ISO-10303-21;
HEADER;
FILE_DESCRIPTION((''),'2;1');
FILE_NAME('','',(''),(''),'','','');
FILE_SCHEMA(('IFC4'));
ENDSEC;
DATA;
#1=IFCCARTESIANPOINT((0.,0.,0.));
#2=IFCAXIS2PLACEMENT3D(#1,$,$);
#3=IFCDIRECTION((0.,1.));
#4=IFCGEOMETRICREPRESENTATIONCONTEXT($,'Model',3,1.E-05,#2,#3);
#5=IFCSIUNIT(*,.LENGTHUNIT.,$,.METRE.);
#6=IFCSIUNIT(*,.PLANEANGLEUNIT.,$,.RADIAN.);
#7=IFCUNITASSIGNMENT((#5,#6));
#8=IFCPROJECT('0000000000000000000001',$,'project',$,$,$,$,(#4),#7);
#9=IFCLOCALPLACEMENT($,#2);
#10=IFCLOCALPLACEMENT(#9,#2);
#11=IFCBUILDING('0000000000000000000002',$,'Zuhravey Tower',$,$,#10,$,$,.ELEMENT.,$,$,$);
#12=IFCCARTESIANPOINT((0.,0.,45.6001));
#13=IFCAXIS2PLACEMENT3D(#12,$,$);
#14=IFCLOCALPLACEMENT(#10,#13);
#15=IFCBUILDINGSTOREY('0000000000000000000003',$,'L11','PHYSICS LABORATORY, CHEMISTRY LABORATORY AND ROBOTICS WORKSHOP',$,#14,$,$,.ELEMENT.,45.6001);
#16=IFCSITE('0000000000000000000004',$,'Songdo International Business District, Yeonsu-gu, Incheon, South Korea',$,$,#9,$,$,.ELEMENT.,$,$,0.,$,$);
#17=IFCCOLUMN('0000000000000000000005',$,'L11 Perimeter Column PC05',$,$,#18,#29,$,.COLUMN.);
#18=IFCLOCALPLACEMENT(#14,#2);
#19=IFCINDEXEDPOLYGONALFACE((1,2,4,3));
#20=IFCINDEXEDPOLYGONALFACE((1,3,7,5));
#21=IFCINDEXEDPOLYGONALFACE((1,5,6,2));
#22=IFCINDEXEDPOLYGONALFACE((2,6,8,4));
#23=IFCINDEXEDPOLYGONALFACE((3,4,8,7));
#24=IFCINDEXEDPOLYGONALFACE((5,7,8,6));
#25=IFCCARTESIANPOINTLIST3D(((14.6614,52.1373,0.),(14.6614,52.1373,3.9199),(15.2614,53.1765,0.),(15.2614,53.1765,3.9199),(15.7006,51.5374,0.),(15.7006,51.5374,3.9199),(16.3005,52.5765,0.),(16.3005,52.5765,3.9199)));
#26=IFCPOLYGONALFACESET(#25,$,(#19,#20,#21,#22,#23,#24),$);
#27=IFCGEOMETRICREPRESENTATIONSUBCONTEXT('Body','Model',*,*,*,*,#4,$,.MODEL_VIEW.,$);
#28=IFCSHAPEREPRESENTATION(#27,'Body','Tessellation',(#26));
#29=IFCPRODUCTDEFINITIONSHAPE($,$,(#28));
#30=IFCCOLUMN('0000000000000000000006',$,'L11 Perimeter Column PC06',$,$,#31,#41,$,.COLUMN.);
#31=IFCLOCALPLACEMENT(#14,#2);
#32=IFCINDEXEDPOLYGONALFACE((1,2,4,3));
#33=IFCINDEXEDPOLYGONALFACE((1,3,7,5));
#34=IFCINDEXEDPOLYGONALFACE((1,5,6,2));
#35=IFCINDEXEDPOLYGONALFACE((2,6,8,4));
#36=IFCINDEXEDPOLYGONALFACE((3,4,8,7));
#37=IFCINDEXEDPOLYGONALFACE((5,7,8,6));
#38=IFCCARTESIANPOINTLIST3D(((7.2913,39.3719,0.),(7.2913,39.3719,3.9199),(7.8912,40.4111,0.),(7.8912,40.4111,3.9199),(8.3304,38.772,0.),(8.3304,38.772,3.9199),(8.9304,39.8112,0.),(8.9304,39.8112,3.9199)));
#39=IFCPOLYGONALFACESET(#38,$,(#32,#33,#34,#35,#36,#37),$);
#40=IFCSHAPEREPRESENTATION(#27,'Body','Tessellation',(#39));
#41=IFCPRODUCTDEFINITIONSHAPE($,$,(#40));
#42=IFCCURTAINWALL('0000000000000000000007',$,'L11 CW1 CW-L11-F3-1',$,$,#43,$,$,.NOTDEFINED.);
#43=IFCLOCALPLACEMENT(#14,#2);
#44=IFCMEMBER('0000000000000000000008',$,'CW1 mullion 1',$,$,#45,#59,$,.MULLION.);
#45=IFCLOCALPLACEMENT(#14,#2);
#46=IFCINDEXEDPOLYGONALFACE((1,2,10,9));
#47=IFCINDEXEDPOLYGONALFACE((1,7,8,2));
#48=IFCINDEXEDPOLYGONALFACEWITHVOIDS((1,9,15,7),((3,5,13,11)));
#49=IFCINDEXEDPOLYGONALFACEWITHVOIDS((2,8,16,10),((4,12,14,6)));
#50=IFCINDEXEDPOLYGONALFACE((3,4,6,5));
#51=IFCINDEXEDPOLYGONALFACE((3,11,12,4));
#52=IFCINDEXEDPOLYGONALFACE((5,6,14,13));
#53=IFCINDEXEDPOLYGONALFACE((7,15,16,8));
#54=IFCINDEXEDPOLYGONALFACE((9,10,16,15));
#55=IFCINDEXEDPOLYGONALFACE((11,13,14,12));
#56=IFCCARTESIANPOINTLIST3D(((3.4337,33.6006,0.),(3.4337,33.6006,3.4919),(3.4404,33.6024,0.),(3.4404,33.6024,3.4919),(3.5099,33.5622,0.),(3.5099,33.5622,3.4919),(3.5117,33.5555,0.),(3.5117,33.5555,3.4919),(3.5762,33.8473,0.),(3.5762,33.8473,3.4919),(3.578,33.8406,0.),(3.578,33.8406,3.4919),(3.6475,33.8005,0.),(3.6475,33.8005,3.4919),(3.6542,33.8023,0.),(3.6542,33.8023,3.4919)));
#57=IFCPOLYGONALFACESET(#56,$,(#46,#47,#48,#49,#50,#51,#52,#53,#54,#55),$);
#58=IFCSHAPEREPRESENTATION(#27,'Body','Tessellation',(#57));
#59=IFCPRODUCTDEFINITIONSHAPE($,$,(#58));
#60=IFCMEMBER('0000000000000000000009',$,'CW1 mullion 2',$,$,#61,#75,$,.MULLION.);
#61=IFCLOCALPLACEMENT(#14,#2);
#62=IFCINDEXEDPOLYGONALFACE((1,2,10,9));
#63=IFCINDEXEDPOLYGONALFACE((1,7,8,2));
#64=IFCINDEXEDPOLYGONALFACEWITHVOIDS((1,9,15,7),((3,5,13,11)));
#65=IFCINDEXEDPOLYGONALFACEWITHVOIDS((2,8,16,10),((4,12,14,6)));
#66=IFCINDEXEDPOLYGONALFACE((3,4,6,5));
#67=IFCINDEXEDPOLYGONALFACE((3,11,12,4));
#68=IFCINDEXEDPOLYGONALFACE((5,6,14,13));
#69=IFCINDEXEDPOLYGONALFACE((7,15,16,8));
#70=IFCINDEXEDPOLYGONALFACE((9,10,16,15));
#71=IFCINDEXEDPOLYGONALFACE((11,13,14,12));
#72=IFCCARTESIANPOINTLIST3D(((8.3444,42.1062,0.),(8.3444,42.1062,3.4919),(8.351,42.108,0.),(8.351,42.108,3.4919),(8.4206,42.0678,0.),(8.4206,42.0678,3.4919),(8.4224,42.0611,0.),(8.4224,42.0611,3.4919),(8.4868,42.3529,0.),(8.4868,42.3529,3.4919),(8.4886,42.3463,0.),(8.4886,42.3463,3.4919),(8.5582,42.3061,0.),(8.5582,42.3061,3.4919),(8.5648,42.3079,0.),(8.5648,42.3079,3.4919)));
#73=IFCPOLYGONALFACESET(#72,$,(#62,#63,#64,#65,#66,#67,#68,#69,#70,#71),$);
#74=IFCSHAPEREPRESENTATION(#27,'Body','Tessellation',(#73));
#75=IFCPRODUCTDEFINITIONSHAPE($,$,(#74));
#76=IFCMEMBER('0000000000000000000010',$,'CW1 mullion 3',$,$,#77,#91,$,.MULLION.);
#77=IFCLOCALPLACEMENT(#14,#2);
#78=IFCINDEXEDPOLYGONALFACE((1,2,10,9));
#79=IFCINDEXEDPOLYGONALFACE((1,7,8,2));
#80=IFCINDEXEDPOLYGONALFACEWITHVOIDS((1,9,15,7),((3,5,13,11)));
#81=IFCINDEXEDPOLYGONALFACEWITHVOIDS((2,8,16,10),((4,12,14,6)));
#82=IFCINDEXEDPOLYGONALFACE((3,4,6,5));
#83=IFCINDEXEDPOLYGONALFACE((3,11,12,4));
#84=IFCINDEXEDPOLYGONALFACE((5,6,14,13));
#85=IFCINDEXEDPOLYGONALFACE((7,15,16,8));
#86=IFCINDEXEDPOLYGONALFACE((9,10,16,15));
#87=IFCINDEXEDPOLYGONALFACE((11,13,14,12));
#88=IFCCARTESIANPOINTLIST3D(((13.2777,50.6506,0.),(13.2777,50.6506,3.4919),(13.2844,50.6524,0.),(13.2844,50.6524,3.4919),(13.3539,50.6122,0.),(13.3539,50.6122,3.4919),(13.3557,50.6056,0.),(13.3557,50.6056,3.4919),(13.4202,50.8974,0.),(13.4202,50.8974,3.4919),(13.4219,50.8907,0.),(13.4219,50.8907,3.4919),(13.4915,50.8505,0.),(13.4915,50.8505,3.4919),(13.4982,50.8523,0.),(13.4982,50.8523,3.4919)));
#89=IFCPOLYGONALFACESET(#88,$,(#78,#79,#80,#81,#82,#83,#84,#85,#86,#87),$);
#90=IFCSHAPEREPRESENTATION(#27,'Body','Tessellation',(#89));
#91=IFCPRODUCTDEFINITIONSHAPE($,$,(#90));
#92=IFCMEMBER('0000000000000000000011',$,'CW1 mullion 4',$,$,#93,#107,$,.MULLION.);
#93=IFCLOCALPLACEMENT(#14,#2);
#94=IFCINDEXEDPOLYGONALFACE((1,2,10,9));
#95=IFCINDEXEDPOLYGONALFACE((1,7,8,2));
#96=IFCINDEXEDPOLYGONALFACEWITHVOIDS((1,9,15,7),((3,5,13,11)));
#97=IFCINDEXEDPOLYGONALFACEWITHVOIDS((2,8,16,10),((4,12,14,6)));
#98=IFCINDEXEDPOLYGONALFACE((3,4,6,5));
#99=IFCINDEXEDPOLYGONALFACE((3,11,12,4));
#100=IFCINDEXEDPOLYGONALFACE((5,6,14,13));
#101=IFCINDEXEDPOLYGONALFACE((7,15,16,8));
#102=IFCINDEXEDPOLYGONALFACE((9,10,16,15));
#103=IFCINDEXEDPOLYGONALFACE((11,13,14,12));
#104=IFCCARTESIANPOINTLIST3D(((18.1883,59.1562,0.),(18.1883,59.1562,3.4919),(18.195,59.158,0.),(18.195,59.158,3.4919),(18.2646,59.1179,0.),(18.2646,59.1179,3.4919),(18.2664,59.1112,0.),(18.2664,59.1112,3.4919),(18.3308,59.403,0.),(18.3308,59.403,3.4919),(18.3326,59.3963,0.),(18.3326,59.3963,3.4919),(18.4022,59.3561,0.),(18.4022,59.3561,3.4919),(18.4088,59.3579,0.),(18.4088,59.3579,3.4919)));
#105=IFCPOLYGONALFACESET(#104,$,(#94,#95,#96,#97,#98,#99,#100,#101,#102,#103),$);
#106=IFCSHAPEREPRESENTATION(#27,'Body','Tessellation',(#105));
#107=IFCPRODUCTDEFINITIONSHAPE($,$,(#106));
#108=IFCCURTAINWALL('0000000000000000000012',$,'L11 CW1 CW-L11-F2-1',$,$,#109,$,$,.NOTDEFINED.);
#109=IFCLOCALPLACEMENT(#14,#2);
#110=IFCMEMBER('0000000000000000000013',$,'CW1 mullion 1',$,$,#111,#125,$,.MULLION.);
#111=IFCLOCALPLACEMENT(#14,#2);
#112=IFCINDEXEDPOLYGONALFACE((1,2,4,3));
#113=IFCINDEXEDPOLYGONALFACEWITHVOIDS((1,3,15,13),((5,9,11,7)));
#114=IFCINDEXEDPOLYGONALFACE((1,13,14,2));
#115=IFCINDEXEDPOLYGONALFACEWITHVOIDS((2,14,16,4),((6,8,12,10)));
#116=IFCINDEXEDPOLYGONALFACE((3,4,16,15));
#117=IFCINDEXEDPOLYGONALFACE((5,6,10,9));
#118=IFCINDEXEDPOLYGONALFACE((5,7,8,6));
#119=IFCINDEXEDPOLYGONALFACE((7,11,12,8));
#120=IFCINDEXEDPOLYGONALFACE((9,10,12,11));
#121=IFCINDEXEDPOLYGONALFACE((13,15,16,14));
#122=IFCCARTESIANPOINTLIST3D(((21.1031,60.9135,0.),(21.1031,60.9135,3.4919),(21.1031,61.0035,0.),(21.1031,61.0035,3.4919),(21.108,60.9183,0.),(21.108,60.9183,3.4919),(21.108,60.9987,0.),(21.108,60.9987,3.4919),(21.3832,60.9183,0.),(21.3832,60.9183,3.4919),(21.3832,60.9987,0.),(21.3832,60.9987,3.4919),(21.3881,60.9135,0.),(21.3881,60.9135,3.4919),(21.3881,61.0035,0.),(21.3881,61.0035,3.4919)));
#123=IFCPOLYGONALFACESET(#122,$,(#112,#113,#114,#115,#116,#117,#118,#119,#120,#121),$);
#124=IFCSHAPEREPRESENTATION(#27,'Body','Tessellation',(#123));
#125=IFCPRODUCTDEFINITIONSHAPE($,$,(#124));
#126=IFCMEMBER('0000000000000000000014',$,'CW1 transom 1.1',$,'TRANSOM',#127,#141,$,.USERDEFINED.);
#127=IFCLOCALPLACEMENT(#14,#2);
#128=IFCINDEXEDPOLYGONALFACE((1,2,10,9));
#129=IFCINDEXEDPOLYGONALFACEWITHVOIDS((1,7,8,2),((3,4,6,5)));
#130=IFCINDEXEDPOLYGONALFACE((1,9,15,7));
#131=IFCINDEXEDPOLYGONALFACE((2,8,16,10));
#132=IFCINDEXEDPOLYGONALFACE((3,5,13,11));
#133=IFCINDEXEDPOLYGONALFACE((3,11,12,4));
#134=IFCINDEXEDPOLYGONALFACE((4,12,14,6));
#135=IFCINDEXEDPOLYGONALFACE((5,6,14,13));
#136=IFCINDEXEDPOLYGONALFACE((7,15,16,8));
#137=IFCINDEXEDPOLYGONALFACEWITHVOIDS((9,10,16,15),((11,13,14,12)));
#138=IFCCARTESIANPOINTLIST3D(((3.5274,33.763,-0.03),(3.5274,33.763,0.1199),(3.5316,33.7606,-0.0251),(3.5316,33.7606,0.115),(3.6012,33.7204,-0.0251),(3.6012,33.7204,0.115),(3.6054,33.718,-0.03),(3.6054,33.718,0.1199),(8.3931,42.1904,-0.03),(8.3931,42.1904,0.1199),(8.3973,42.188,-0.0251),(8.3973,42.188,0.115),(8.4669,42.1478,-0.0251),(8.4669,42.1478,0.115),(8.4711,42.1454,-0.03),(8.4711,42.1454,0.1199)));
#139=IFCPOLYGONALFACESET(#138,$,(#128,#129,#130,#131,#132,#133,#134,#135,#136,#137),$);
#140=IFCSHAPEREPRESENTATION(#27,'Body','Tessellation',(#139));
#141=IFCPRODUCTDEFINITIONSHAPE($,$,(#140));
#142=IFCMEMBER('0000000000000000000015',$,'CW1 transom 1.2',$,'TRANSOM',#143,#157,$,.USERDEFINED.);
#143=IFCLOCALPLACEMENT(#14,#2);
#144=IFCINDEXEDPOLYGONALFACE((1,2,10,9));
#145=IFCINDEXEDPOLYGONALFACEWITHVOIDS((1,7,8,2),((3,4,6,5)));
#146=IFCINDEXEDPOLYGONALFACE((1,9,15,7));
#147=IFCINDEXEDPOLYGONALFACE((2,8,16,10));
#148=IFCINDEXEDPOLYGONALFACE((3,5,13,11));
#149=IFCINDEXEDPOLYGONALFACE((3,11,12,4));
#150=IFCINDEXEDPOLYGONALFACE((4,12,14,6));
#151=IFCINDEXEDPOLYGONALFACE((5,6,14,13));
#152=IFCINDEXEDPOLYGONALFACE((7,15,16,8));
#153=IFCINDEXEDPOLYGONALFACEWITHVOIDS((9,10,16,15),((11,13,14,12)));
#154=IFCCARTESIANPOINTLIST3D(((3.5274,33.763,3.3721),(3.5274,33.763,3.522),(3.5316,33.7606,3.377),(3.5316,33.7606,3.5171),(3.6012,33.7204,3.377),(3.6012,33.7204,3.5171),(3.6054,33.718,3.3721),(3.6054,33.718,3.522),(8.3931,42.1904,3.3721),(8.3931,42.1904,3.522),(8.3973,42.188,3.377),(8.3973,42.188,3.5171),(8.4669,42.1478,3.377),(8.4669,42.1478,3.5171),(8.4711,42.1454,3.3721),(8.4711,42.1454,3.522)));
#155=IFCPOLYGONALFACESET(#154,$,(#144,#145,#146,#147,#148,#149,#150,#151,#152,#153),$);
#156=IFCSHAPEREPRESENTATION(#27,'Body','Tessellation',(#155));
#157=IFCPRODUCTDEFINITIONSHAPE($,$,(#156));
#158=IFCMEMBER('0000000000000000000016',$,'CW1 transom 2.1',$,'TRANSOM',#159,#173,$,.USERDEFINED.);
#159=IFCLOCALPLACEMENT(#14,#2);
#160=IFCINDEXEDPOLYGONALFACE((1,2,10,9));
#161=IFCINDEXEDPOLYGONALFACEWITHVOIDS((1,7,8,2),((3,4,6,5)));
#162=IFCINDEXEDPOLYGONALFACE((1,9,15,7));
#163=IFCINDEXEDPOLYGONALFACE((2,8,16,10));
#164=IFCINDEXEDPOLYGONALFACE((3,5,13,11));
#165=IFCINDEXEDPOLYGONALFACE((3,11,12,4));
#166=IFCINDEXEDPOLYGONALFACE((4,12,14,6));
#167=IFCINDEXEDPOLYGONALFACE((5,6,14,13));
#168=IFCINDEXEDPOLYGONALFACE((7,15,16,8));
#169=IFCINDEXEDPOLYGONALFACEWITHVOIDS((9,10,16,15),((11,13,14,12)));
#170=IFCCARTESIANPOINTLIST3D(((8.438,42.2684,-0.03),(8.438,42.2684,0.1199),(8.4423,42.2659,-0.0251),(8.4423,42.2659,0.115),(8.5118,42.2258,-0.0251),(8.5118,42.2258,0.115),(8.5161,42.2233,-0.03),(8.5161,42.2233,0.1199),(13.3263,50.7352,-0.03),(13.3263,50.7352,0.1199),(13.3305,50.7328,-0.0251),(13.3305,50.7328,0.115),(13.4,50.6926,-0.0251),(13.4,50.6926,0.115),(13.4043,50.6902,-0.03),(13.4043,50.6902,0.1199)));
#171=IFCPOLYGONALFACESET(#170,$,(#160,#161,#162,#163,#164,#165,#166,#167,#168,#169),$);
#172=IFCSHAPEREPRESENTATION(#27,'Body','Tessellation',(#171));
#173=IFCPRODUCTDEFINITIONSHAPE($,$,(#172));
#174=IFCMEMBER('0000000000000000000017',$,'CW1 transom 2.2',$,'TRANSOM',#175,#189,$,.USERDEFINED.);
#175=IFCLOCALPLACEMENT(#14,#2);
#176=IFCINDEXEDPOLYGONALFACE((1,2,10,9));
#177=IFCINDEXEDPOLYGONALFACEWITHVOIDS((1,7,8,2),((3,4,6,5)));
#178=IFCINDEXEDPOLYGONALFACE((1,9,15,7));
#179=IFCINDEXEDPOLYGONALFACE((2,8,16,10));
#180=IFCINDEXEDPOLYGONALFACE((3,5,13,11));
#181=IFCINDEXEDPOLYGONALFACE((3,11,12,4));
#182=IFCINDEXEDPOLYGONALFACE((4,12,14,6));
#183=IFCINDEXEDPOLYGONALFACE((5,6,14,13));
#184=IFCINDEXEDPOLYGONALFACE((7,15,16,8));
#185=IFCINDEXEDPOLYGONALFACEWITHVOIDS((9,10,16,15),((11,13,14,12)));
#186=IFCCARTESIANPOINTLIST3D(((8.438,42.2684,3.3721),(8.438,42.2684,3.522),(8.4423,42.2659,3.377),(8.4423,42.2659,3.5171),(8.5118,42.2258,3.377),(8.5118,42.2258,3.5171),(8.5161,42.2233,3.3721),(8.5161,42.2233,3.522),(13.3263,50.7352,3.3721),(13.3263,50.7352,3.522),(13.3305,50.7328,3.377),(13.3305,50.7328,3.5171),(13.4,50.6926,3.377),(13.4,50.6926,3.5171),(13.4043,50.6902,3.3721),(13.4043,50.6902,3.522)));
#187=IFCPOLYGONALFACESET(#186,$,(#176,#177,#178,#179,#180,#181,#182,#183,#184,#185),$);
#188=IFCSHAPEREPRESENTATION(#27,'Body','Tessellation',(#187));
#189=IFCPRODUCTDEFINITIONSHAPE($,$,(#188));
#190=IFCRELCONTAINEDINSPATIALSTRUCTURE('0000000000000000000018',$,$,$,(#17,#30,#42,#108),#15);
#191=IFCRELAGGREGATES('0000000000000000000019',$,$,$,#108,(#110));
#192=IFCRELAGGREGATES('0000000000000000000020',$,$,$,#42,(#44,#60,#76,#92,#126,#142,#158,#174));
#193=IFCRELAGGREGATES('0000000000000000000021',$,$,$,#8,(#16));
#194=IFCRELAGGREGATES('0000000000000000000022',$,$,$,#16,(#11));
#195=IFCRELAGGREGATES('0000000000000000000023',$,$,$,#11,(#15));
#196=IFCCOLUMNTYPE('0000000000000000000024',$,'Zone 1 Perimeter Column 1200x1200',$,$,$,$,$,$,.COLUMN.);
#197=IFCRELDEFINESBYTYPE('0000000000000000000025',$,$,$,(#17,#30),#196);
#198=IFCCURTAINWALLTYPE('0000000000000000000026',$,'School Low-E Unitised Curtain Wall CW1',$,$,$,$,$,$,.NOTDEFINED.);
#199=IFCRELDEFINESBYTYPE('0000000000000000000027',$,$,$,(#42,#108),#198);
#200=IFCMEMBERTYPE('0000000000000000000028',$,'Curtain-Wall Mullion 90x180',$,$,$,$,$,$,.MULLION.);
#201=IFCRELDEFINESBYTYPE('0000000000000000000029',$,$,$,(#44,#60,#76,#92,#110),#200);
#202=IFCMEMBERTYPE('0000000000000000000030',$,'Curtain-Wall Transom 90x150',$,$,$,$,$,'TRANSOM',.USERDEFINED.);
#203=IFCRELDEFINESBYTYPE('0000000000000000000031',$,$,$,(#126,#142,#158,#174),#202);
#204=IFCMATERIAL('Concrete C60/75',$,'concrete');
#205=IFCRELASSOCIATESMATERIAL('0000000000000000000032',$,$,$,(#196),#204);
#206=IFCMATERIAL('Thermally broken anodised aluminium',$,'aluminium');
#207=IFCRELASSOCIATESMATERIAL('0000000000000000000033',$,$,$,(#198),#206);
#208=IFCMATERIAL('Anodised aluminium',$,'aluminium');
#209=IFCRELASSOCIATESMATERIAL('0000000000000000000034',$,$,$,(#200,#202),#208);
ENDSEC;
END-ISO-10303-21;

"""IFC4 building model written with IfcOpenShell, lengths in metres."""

from ifc_helpers import new_model, si_unit, direction, frame, origin, origin_2d, place, context, subcontext, project, spatial, rectangle, hollow_rectangle, extrude, material, material_profile, profile_set, type_object, element, aggregate, save


model = new_model("IFC4")

# Units and contexts
model_context = context("Model", 3, precision=1e-05, world=origin(), true_north=direction((0.0, 1.0)))
body_context = subcontext(model_context, "Body", "Model", "MODEL_VIEW")
ifc_project = project(units=[si_unit("LENGTHUNIT", "METRE"), si_unit("PLANEANGLEUNIT", "RADIAN")], contexts=[model_context])

# Site, building, storey
site_placement = place(None, origin())
site = spatial("IfcSite", under=ifc_project, at=site_placement, Name="Songdo International Business District, Yeonsu-gu, Incheon, South Korea", CompositionType="ELEMENT", RefElevation=0.0)
building_placement = place(site_placement, origin())
building = spatial("IfcBuilding", under=site, at=building_placement, Name="Zuhravey Tower", CompositionType="ELEMENT")
storey_placement = place(building_placement, frame((0.0, 0.0, 45.6001)))
storey = spatial("IfcBuildingStorey", under=building, at=storey_placement, Name="L11", Description="PHYSICS LABORATORY, CHEMISTRY LABORATORY AND ROBOTICS WORKSHOP", CompositionType="ELEMENT", Elevation=45.6001)

# Columns
ifc_material_1 = material(Name="Concrete C60/75", Category="concrete")
ifc_material_profile_1 = material_profile(ifc_material_1, rectangle(XDim=1.2, YDim=1.2, at=origin_2d()), Name="RC-1200x1200")
ifc_profile_set_1 = profile_set([ifc_material_profile_1], Name="Concrete C60/75")
column_type = type_object("IfcColumnType", Name="Zone 1 Perimeter Column 1200x1200", PredefinedType="COLUMN", material=ifc_profile_set_1)
for number, where, z_axis, x_axis, name in (
    (1, (15.481, 52.3569, 0.0), (0.0, 0.0, 1.0), (-0.5, -0.866025, 0.0), "L11 Perimeter Column PC05"),
    (2, (8.1108, 39.5916, 0.0), (0.0, 0.0, 1.0), (-0.5, -0.866025, 0.0), "L11 Perimeter Column PC06"),
):
    element("IfcColumn", number, at=place(storey_placement, frame(where, z_axis=z_axis, x_axis=x_axis)), inside=storey, type_object=column_type, Name=name, PredefinedType="COLUMN", context=body_context, shape_type="SweptSolid", body=[
        extrude(rectangle(XDim=1.2, YDim=1.2, at=origin_2d()), origin(), (0.0, 0.0, 1.0), 3.9199),
    ])

# Curtain wall, members
ifc_material_2 = material(Name="Thermally broken anodised aluminium", Category="aluminium")
curtain_wall_type = type_object("IfcCurtainWallType", Name="School Low-E Unitised Curtain Wall CW1", PredefinedType="NOTDEFINED", material=ifc_material_2)
curtain_wall_1_placement = place(storey_placement, origin())
curtain_wall_1 = element("IfcCurtainWall", 3, at=curtain_wall_1_placement, inside=storey, type_object=curtain_wall_type, Name="L11 CW1 CW-L11-F3-1", PredefinedType="NOTDEFINED")
ifc_material_3 = material(Name="Anodised aluminium", Category="aluminium")
ifc_material_profile_2 = material_profile(ifc_material_3, hollow_rectangle(XDim=0.0901, YDim=0.2849, WallThickness=0.0049, at=origin_2d()), Name="ALU-RHS-90x285x5")
ifc_profile_set_2 = profile_set([ifc_material_profile_2], Name="Anodised aluminium")
member_type_1 = type_object("IfcMemberType", Name="Curtain-Wall Mullion 90x180", PredefinedType="MULLION", material=ifc_profile_set_2)
member_1_placement = place(storey_placement, frame((3.5439, 33.7014, 0.0), z_axis=(0.0, 0.0, 1.0), x_axis=(-0.866026, 0.5, 0.0)))
member_1 = element("IfcMember", 4, at=member_1_placement, type_object=member_type_1, Name="CW1 mullion 1", PredefinedType="MULLION", context=body_context, shape_type="SweptSolid", body=[
    extrude(hollow_rectangle(XDim=0.0901, YDim=0.2849, WallThickness=0.0049, at=origin_2d()), origin(), (0.0, 0.0, 1.0), 3.4919),
])
member_2_placement = place(storey_placement, frame((8.4546, 42.207, 0.0), z_axis=(0.0, 0.0, 1.0), x_axis=(-0.866026, 0.5, 0.0)))
member_2 = element("IfcMember", 5, at=member_2_placement, type_object=member_type_1, Name="CW1 mullion 2", PredefinedType="MULLION", context=body_context, shape_type="SweptSolid", body=[
    extrude(hollow_rectangle(XDim=0.0901, YDim=0.2849, WallThickness=0.0049, at=origin_2d()), origin(), (0.0, 0.0, 1.0), 3.4919),
])
member_3_placement = place(storey_placement, frame((13.3879, 50.7515, 0.0), z_axis=(0.0, 0.0, 1.0), x_axis=(-0.866026, 0.5, 0.0)))
member_3 = element("IfcMember", 6, at=member_3_placement, type_object=member_type_1, Name="CW1 mullion 3", PredefinedType="MULLION", context=body_context, shape_type="SweptSolid", body=[
    extrude(hollow_rectangle(XDim=0.0901, YDim=0.2849, WallThickness=0.0049, at=origin_2d()), origin(), (0.0, 0.0, 1.0), 3.4919),
])
member_4_placement = place(storey_placement, frame((18.2986, 59.2571, 0.0), z_axis=(0.0, 0.0, 1.0), x_axis=(-0.866026, 0.5, 0.0)))
member_4 = element("IfcMember", 7, at=member_4_placement, type_object=member_type_1, Name="CW1 mullion 4", PredefinedType="MULLION", context=body_context, shape_type="SweptSolid", body=[
    extrude(hollow_rectangle(XDim=0.0901, YDim=0.2849, WallThickness=0.0049, at=origin_2d()), origin(), (0.0, 0.0, 1.0), 3.4919),
])

# Curtain wall, member
curtain_wall_2_placement = place(storey_placement, origin())
curtain_wall_2 = element("IfcCurtainWall", 8, at=curtain_wall_2_placement, inside=storey, type_object=curtain_wall_type, Name="L11 CW1 CW-L11-F2-1", PredefinedType="NOTDEFINED")
member_5_placement = place(storey_placement, frame((21.2456, 60.9585, 0.0), z_axis=(0.0, 0.0, 1.0), x_axis=(0.0, 1.0, 0.0)))
member_5 = element("IfcMember", 9, at=member_5_placement, type_object=member_type_1, Name="CW1 mullion 1", PredefinedType="MULLION", context=body_context, shape_type="SweptSolid", body=[
    extrude(hollow_rectangle(XDim=0.0901, YDim=0.2849, WallThickness=0.0049, at=origin_2d()), origin(), (0.0, 0.0, 1.0), 3.4919),
])

# Members
ifc_material_profile_3 = material_profile(ifc_material_3, hollow_rectangle(XDim=0.0901, YDim=0.1499, WallThickness=0.0049, at=origin_2d()), Name="ALU-RHS-90x150x5")
ifc_profile_set_3 = profile_set([ifc_material_profile_3], Name="Anodised aluminium")
member_type_2 = type_object("IfcMemberType", Name="Curtain-Wall Transom 90x150", ElementType="TRANSOM", PredefinedType="USERDEFINED", material=ifc_profile_set_3)
member_6_placement = place(storey_placement, frame((3.5664, 33.7405, 0.0449), z_axis=(0.500008, 0.866021, 0.0), x_axis=(-0.866021, 0.500008, 0.0)))
member_6 = element("IfcMember", 10, at=member_6_placement, type_object=member_type_2, Name="CW1 transom 1.1", ObjectType="TRANSOM", PredefinedType="USERDEFINED", context=body_context, shape_type="SweptSolid", body=[
    extrude(hollow_rectangle(XDim=0.0901, YDim=0.1499, WallThickness=0.0049, at=origin_2d()), origin(), (0.0, 0.0, 1.0), 9.7312),
])
member_7_placement = place(storey_placement, frame((3.5664, 33.7405, 3.447), z_axis=(0.500008, 0.866021, 0.0), x_axis=(-0.866021, 0.500008, 0.0)))
member_7 = element("IfcMember", 11, at=member_7_placement, type_object=member_type_2, Name="CW1 transom 1.2", ObjectType="TRANSOM", PredefinedType="USERDEFINED", context=body_context, shape_type="SweptSolid", body=[
    extrude(hollow_rectangle(XDim=0.0901, YDim=0.1499, WallThickness=0.0049, at=origin_2d()), origin(), (0.0, 0.0, 1.0), 9.7312),
])
member_8_placement = place(storey_placement, frame((8.4771, 42.2458, 0.0449), z_axis=(0.49999, 0.866031, 0.0), x_axis=(-0.866031, 0.49999, 0.0)))
member_8 = element("IfcMember", 12, at=member_8_placement, type_object=member_type_2, Name="CW1 transom 2.1", ObjectType="TRANSOM", PredefinedType="USERDEFINED", context=body_context, shape_type="SweptSolid", body=[
    extrude(hollow_rectangle(XDim=0.0901, YDim=0.1499, WallThickness=0.0049, at=origin_2d()), origin(), (0.0, 0.0, 1.0), 9.7766),
])
member_9_placement = place(storey_placement, frame((8.4771, 42.2458, 3.447), z_axis=(0.49999, 0.866031, 0.0), x_axis=(-0.866031, 0.49999, 0.0)))
member_9 = element("IfcMember", 13, at=member_9_placement, type_object=member_type_2, Name="CW1 transom 2.2", ObjectType="TRANSOM", PredefinedType="USERDEFINED", context=body_context, shape_type="SweptSolid", body=[
    extrude(hollow_rectangle(XDim=0.0901, YDim=0.1499, WallThickness=0.0049, at=origin_2d()), origin(), (0.0, 0.0, 1.0), 9.7766),
])
aggregate(curtain_wall_2, [member_5])

aggregate(curtain_wall_1, [member_1, member_2, member_3, member_4, member_6, member_7, member_8, member_9])

save(model, "model.ifc")
